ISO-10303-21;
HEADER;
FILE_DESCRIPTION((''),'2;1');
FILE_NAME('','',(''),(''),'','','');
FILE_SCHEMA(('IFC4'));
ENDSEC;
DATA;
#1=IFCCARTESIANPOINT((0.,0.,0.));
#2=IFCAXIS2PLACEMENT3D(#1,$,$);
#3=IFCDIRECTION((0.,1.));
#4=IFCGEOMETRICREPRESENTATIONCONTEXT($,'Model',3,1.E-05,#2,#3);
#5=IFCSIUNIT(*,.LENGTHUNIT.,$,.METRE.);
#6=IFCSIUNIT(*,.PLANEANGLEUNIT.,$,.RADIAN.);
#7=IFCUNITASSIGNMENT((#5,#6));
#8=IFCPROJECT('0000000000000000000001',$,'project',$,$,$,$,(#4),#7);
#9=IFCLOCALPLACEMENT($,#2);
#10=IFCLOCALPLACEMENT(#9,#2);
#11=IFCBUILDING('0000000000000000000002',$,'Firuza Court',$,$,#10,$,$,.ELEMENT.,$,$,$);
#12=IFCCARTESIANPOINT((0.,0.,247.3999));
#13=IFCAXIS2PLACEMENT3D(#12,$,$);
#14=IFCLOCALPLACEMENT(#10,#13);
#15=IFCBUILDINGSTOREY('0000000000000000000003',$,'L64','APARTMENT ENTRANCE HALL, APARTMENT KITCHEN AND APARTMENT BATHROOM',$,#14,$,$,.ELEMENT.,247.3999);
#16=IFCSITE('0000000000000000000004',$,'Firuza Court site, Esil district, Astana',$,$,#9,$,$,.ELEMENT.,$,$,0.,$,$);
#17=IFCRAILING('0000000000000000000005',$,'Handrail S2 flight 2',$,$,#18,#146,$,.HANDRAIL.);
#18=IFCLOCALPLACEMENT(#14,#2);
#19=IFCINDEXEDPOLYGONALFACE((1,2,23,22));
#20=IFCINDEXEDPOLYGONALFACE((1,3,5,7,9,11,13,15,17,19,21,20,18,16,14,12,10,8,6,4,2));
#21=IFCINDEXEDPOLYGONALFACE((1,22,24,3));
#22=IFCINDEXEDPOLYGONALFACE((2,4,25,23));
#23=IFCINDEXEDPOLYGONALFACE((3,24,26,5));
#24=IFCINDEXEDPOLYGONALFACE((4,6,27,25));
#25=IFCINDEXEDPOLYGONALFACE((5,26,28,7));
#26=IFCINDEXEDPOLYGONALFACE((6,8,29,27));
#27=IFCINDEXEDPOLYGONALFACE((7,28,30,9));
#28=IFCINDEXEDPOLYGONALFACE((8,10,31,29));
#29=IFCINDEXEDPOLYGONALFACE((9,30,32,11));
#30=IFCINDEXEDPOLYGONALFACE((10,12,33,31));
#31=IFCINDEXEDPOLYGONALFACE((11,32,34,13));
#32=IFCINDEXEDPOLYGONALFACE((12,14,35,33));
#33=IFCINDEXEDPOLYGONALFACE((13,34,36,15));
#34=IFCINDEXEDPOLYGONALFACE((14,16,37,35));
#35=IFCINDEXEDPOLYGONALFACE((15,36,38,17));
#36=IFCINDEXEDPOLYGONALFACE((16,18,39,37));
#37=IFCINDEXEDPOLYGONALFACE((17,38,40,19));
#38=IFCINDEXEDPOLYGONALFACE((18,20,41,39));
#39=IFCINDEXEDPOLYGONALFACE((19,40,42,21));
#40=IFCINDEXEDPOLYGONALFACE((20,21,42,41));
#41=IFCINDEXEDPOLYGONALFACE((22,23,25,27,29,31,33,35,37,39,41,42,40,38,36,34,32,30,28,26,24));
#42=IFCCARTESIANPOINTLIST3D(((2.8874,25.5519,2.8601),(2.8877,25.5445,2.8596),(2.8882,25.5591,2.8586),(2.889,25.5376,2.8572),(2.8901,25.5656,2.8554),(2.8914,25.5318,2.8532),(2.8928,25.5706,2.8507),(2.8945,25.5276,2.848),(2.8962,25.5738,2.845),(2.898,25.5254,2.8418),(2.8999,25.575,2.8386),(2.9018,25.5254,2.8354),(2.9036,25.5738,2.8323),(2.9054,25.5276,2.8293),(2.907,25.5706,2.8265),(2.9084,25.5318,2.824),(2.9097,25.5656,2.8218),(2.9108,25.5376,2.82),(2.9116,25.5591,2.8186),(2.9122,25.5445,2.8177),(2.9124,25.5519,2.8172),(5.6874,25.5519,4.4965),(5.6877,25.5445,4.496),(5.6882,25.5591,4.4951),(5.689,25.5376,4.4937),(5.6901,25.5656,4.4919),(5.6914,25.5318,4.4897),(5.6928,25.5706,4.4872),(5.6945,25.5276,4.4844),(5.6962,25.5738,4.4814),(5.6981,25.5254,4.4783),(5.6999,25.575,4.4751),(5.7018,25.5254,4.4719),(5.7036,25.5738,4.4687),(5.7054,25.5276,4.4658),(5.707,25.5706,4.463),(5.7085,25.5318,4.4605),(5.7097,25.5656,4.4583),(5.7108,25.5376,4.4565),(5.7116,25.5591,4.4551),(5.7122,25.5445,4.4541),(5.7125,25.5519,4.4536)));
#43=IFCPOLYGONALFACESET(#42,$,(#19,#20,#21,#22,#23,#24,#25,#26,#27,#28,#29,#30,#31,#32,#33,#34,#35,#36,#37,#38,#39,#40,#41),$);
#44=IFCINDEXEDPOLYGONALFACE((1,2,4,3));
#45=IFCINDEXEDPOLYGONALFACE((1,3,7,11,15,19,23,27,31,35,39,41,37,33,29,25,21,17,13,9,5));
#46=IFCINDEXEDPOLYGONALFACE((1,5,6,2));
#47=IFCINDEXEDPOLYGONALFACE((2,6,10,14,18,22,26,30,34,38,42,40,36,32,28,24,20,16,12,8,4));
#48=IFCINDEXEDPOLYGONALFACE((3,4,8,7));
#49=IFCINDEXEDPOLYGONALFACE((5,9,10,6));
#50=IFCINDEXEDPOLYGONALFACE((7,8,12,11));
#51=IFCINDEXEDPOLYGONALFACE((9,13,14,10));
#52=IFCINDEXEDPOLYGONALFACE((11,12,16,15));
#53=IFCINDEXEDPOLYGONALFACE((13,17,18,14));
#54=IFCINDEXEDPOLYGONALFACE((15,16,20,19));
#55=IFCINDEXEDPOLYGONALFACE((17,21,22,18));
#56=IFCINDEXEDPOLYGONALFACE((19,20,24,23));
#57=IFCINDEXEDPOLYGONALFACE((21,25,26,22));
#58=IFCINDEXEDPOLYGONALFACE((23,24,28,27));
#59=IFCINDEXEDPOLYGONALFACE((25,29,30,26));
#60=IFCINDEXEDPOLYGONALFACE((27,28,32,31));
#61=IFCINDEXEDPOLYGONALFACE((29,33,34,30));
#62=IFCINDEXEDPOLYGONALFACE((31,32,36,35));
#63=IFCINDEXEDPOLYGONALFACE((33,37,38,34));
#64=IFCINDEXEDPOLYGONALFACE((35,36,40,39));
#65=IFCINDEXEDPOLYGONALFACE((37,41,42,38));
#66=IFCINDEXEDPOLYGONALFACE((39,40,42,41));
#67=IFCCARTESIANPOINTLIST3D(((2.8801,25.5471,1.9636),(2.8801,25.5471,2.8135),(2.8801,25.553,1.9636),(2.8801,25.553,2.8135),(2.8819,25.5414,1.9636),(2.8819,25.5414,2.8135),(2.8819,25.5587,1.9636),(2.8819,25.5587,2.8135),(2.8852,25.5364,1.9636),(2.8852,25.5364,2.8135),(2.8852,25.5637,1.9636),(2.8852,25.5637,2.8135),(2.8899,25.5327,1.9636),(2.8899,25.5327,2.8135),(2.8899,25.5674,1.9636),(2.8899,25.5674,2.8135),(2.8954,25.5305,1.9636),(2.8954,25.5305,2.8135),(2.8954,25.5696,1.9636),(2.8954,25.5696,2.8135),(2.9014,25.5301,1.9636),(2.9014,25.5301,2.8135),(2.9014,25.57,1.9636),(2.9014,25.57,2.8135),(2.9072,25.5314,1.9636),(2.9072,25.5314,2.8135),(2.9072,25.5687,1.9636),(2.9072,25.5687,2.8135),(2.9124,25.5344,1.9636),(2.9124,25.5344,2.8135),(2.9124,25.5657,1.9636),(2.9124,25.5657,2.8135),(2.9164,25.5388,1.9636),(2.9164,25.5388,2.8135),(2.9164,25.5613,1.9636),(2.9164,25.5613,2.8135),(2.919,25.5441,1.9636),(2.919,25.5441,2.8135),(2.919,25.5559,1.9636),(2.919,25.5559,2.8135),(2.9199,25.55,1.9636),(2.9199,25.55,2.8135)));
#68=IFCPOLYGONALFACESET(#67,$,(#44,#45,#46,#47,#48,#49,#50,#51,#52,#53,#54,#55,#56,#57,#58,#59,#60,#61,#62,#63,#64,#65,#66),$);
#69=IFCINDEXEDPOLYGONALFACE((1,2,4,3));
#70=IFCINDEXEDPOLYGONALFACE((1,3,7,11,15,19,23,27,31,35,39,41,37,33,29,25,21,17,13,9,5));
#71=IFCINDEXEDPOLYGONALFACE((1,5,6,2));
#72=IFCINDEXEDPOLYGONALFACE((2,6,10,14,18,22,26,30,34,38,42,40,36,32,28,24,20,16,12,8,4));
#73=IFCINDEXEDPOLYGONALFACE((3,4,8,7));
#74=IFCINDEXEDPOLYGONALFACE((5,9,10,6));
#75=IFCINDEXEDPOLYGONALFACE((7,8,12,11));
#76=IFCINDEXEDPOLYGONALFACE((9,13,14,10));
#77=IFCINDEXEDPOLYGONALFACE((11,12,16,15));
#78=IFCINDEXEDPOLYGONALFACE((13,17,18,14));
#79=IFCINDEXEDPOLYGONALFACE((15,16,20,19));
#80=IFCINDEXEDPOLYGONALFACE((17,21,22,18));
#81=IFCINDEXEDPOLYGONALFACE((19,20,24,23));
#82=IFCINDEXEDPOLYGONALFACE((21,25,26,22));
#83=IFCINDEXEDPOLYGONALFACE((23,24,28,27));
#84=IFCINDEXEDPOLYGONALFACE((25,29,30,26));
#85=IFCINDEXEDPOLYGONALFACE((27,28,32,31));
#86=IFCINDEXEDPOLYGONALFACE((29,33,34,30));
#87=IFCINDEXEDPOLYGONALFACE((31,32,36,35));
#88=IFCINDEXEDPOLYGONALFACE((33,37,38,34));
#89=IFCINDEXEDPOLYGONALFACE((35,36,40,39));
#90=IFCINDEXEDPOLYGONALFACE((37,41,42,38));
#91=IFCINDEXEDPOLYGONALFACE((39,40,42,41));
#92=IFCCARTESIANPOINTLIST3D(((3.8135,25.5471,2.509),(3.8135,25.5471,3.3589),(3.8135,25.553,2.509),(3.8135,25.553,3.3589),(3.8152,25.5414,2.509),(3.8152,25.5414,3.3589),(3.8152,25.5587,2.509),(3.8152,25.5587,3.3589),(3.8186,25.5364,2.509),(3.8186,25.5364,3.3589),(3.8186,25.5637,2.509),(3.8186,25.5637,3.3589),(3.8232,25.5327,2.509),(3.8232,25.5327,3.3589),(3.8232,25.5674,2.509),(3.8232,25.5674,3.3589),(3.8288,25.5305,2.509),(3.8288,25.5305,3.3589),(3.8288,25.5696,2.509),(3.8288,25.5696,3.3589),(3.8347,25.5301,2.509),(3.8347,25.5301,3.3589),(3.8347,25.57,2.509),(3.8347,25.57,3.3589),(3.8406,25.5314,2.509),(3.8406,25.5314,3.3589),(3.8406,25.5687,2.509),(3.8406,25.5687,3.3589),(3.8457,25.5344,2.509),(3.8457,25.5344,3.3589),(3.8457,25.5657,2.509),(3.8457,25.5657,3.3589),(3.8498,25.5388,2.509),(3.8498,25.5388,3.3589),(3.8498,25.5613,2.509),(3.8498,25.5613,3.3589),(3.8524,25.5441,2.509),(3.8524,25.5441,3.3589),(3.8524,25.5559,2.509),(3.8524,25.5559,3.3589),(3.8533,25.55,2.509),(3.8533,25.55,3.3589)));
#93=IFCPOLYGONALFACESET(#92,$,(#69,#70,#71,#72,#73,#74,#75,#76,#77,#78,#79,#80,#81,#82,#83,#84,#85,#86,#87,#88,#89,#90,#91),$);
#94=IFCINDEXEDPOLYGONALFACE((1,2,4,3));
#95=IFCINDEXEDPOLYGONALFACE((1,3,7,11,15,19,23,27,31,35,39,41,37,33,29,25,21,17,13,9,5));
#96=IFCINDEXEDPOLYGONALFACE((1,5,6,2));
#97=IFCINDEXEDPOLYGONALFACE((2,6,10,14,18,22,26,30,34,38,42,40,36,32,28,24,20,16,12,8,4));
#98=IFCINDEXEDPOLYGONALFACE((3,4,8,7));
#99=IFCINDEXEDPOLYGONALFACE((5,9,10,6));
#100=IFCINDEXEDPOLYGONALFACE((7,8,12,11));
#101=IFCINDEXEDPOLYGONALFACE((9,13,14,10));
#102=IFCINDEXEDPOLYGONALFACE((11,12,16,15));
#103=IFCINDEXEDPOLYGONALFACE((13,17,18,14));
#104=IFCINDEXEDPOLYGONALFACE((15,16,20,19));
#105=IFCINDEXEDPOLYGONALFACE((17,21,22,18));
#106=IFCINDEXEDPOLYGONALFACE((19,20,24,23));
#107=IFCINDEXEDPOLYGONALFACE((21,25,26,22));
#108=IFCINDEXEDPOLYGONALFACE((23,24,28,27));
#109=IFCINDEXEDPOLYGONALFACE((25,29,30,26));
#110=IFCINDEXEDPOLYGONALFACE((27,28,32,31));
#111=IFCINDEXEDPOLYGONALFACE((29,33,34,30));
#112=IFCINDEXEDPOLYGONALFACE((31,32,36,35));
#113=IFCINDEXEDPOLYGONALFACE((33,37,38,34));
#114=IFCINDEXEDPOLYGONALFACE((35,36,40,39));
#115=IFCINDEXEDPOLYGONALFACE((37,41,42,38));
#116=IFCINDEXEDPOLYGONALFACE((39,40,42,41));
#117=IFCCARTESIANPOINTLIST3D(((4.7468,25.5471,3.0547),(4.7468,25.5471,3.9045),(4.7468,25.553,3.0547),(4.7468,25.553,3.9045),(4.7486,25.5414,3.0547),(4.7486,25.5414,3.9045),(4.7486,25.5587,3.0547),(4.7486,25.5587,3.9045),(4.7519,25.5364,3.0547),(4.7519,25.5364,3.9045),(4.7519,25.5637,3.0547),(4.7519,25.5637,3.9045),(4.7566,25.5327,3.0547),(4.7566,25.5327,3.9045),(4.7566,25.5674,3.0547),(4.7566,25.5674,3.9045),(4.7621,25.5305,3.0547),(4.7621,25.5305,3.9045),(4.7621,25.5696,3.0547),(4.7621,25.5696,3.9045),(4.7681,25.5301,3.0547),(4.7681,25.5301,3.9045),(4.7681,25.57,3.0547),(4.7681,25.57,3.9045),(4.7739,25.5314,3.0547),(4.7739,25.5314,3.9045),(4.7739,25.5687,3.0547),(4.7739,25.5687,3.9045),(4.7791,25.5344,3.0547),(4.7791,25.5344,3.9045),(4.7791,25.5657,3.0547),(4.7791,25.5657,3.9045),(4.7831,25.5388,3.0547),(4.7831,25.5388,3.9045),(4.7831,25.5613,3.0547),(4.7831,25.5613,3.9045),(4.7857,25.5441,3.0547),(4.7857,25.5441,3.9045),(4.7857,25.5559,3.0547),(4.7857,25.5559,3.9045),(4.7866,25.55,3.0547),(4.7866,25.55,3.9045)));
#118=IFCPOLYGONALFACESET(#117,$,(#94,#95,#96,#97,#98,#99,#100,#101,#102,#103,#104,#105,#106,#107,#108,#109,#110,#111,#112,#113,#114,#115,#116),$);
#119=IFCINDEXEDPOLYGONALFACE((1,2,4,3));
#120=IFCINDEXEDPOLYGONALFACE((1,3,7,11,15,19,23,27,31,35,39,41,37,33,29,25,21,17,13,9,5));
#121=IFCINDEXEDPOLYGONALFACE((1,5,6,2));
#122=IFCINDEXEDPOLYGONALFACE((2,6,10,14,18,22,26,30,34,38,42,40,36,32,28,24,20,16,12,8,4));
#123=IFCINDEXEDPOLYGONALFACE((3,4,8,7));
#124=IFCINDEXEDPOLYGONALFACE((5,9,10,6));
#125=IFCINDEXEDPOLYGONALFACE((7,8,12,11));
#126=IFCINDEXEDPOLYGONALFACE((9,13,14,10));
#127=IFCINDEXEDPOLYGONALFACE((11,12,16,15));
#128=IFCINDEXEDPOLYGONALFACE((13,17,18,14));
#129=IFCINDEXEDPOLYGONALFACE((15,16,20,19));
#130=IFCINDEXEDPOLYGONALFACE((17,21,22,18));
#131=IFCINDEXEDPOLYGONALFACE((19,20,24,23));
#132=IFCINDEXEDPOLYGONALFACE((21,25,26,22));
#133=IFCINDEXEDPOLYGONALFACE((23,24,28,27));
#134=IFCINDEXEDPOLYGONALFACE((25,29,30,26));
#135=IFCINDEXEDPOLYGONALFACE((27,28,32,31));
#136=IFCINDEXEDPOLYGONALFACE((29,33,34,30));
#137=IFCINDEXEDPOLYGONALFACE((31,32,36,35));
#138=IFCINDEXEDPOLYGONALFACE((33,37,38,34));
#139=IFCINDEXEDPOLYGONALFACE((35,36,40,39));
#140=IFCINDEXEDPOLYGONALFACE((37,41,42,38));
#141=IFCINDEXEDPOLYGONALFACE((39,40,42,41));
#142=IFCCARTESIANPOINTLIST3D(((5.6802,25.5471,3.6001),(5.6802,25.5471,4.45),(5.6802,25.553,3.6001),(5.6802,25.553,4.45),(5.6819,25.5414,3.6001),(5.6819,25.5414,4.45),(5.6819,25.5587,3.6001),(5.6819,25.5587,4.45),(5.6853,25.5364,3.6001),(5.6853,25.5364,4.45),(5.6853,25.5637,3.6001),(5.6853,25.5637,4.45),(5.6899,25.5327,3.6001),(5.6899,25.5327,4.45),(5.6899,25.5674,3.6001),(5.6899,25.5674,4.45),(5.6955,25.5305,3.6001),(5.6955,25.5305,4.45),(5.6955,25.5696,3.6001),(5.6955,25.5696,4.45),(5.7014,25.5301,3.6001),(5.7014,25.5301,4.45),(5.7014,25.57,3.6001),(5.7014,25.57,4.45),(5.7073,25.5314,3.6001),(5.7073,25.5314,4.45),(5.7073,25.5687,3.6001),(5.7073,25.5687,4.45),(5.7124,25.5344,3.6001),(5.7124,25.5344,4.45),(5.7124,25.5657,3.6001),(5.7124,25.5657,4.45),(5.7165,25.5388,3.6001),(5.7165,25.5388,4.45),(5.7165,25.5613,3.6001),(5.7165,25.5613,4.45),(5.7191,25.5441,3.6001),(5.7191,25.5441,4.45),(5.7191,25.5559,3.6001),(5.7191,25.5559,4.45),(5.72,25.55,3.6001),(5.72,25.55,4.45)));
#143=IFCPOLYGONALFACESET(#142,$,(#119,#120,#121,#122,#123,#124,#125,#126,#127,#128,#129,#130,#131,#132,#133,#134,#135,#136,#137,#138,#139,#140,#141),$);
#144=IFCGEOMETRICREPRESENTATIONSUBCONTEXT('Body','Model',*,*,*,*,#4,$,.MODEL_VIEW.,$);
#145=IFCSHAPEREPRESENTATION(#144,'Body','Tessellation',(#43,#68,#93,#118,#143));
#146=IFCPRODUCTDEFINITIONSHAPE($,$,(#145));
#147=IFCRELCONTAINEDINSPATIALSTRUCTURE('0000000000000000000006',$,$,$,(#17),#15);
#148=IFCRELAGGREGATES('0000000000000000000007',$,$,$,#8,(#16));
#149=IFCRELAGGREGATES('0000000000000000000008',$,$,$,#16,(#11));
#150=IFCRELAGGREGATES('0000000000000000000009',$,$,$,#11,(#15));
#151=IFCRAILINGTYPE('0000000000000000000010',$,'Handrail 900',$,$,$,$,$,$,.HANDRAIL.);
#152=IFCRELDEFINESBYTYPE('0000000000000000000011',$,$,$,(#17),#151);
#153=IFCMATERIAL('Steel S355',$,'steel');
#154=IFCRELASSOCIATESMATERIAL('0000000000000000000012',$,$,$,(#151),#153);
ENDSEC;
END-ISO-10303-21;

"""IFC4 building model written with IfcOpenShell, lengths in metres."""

from ifc_helpers import new_model, si_unit, direction, frame, origin, origin_2d, place, context, subcontext, project, spatial, circle, extrude, material, type_object, element, save


model = new_model("IFC4")

# Units and contexts
model_context = context("Model", 3, precision=1e-05, world=origin(), true_north=direction((0.0, 1.0)))
body_context = subcontext(model_context, "Body", "Model", "MODEL_VIEW")
ifc_project = project(units=[si_unit("LENGTHUNIT", "METRE"), si_unit("PLANEANGLEUNIT", "RADIAN")], contexts=[model_context])

# Site, building, storey
site_placement = place(None, origin())
site = spatial("IfcSite", under=ifc_project, at=site_placement, Name="Firuza Court site, Esil district, Astana", CompositionType="ELEMENT", RefElevation=0.0)
building_placement = place(site_placement, origin())
building = spatial("IfcBuilding", under=site, at=building_placement, Name="Firuza Court", CompositionType="ELEMENT")
storey_placement = place(building_placement, frame((0.0, 0.0, 247.3999)))
storey = spatial("IfcBuildingStorey", under=building, at=storey_placement, Name="L64", Description="APARTMENT ENTRANCE HALL, APARTMENT KITCHEN AND APARTMENT BATHROOM", CompositionType="ELEMENT", Elevation=247.3999)

# Railing
ifc_material_1 = material(Name="Steel S355", Category="steel")
railing_type_1 = type_object("IfcRailingType", Name="Handrail 900", PredefinedType="HANDRAIL", material=ifc_material_1)
railing_1_placement = place(storey_placement, frame((2.8999, 25.55, 1.9636)))
element("IfcRailing", 1, at=railing_1_placement, inside=storey, type_object=railing_type_1, Name="Handrail S2 flight 2", PredefinedType="HANDRAIL", context=body_context, shape_type="SweptSolid", body=[
    extrude(circle(Radius=0.0249, at=origin_2d()), frame((0.0, 0.0, 0.875), z_axis=(0.863361, 0.0, 0.504587), x_axis=(0.0, 1.0, 0.0)), (0.0, 0.0, 1.0), 3.2432),
    extrude(circle(Radius=0.02, at=origin_2d()), origin(), (0.0, 0.0, 1.0), 0.8499),
    extrude(circle(Radius=0.02, at=origin_2d()), frame((0.9333, 0.0, 0.5454)), (0.0, 0.0, 1.0), 0.8499),
    extrude(circle(Radius=0.02, at=origin_2d()), frame((1.8667, 0.0, 1.0911)), (0.0, 0.0, 1.0), 0.8499),
    extrude(circle(Radius=0.02, at=origin_2d()), frame((2.8, 0.0, 1.6365)), (0.0, 0.0, 1.0), 0.8499),
])

save(model, "model.ifc")
